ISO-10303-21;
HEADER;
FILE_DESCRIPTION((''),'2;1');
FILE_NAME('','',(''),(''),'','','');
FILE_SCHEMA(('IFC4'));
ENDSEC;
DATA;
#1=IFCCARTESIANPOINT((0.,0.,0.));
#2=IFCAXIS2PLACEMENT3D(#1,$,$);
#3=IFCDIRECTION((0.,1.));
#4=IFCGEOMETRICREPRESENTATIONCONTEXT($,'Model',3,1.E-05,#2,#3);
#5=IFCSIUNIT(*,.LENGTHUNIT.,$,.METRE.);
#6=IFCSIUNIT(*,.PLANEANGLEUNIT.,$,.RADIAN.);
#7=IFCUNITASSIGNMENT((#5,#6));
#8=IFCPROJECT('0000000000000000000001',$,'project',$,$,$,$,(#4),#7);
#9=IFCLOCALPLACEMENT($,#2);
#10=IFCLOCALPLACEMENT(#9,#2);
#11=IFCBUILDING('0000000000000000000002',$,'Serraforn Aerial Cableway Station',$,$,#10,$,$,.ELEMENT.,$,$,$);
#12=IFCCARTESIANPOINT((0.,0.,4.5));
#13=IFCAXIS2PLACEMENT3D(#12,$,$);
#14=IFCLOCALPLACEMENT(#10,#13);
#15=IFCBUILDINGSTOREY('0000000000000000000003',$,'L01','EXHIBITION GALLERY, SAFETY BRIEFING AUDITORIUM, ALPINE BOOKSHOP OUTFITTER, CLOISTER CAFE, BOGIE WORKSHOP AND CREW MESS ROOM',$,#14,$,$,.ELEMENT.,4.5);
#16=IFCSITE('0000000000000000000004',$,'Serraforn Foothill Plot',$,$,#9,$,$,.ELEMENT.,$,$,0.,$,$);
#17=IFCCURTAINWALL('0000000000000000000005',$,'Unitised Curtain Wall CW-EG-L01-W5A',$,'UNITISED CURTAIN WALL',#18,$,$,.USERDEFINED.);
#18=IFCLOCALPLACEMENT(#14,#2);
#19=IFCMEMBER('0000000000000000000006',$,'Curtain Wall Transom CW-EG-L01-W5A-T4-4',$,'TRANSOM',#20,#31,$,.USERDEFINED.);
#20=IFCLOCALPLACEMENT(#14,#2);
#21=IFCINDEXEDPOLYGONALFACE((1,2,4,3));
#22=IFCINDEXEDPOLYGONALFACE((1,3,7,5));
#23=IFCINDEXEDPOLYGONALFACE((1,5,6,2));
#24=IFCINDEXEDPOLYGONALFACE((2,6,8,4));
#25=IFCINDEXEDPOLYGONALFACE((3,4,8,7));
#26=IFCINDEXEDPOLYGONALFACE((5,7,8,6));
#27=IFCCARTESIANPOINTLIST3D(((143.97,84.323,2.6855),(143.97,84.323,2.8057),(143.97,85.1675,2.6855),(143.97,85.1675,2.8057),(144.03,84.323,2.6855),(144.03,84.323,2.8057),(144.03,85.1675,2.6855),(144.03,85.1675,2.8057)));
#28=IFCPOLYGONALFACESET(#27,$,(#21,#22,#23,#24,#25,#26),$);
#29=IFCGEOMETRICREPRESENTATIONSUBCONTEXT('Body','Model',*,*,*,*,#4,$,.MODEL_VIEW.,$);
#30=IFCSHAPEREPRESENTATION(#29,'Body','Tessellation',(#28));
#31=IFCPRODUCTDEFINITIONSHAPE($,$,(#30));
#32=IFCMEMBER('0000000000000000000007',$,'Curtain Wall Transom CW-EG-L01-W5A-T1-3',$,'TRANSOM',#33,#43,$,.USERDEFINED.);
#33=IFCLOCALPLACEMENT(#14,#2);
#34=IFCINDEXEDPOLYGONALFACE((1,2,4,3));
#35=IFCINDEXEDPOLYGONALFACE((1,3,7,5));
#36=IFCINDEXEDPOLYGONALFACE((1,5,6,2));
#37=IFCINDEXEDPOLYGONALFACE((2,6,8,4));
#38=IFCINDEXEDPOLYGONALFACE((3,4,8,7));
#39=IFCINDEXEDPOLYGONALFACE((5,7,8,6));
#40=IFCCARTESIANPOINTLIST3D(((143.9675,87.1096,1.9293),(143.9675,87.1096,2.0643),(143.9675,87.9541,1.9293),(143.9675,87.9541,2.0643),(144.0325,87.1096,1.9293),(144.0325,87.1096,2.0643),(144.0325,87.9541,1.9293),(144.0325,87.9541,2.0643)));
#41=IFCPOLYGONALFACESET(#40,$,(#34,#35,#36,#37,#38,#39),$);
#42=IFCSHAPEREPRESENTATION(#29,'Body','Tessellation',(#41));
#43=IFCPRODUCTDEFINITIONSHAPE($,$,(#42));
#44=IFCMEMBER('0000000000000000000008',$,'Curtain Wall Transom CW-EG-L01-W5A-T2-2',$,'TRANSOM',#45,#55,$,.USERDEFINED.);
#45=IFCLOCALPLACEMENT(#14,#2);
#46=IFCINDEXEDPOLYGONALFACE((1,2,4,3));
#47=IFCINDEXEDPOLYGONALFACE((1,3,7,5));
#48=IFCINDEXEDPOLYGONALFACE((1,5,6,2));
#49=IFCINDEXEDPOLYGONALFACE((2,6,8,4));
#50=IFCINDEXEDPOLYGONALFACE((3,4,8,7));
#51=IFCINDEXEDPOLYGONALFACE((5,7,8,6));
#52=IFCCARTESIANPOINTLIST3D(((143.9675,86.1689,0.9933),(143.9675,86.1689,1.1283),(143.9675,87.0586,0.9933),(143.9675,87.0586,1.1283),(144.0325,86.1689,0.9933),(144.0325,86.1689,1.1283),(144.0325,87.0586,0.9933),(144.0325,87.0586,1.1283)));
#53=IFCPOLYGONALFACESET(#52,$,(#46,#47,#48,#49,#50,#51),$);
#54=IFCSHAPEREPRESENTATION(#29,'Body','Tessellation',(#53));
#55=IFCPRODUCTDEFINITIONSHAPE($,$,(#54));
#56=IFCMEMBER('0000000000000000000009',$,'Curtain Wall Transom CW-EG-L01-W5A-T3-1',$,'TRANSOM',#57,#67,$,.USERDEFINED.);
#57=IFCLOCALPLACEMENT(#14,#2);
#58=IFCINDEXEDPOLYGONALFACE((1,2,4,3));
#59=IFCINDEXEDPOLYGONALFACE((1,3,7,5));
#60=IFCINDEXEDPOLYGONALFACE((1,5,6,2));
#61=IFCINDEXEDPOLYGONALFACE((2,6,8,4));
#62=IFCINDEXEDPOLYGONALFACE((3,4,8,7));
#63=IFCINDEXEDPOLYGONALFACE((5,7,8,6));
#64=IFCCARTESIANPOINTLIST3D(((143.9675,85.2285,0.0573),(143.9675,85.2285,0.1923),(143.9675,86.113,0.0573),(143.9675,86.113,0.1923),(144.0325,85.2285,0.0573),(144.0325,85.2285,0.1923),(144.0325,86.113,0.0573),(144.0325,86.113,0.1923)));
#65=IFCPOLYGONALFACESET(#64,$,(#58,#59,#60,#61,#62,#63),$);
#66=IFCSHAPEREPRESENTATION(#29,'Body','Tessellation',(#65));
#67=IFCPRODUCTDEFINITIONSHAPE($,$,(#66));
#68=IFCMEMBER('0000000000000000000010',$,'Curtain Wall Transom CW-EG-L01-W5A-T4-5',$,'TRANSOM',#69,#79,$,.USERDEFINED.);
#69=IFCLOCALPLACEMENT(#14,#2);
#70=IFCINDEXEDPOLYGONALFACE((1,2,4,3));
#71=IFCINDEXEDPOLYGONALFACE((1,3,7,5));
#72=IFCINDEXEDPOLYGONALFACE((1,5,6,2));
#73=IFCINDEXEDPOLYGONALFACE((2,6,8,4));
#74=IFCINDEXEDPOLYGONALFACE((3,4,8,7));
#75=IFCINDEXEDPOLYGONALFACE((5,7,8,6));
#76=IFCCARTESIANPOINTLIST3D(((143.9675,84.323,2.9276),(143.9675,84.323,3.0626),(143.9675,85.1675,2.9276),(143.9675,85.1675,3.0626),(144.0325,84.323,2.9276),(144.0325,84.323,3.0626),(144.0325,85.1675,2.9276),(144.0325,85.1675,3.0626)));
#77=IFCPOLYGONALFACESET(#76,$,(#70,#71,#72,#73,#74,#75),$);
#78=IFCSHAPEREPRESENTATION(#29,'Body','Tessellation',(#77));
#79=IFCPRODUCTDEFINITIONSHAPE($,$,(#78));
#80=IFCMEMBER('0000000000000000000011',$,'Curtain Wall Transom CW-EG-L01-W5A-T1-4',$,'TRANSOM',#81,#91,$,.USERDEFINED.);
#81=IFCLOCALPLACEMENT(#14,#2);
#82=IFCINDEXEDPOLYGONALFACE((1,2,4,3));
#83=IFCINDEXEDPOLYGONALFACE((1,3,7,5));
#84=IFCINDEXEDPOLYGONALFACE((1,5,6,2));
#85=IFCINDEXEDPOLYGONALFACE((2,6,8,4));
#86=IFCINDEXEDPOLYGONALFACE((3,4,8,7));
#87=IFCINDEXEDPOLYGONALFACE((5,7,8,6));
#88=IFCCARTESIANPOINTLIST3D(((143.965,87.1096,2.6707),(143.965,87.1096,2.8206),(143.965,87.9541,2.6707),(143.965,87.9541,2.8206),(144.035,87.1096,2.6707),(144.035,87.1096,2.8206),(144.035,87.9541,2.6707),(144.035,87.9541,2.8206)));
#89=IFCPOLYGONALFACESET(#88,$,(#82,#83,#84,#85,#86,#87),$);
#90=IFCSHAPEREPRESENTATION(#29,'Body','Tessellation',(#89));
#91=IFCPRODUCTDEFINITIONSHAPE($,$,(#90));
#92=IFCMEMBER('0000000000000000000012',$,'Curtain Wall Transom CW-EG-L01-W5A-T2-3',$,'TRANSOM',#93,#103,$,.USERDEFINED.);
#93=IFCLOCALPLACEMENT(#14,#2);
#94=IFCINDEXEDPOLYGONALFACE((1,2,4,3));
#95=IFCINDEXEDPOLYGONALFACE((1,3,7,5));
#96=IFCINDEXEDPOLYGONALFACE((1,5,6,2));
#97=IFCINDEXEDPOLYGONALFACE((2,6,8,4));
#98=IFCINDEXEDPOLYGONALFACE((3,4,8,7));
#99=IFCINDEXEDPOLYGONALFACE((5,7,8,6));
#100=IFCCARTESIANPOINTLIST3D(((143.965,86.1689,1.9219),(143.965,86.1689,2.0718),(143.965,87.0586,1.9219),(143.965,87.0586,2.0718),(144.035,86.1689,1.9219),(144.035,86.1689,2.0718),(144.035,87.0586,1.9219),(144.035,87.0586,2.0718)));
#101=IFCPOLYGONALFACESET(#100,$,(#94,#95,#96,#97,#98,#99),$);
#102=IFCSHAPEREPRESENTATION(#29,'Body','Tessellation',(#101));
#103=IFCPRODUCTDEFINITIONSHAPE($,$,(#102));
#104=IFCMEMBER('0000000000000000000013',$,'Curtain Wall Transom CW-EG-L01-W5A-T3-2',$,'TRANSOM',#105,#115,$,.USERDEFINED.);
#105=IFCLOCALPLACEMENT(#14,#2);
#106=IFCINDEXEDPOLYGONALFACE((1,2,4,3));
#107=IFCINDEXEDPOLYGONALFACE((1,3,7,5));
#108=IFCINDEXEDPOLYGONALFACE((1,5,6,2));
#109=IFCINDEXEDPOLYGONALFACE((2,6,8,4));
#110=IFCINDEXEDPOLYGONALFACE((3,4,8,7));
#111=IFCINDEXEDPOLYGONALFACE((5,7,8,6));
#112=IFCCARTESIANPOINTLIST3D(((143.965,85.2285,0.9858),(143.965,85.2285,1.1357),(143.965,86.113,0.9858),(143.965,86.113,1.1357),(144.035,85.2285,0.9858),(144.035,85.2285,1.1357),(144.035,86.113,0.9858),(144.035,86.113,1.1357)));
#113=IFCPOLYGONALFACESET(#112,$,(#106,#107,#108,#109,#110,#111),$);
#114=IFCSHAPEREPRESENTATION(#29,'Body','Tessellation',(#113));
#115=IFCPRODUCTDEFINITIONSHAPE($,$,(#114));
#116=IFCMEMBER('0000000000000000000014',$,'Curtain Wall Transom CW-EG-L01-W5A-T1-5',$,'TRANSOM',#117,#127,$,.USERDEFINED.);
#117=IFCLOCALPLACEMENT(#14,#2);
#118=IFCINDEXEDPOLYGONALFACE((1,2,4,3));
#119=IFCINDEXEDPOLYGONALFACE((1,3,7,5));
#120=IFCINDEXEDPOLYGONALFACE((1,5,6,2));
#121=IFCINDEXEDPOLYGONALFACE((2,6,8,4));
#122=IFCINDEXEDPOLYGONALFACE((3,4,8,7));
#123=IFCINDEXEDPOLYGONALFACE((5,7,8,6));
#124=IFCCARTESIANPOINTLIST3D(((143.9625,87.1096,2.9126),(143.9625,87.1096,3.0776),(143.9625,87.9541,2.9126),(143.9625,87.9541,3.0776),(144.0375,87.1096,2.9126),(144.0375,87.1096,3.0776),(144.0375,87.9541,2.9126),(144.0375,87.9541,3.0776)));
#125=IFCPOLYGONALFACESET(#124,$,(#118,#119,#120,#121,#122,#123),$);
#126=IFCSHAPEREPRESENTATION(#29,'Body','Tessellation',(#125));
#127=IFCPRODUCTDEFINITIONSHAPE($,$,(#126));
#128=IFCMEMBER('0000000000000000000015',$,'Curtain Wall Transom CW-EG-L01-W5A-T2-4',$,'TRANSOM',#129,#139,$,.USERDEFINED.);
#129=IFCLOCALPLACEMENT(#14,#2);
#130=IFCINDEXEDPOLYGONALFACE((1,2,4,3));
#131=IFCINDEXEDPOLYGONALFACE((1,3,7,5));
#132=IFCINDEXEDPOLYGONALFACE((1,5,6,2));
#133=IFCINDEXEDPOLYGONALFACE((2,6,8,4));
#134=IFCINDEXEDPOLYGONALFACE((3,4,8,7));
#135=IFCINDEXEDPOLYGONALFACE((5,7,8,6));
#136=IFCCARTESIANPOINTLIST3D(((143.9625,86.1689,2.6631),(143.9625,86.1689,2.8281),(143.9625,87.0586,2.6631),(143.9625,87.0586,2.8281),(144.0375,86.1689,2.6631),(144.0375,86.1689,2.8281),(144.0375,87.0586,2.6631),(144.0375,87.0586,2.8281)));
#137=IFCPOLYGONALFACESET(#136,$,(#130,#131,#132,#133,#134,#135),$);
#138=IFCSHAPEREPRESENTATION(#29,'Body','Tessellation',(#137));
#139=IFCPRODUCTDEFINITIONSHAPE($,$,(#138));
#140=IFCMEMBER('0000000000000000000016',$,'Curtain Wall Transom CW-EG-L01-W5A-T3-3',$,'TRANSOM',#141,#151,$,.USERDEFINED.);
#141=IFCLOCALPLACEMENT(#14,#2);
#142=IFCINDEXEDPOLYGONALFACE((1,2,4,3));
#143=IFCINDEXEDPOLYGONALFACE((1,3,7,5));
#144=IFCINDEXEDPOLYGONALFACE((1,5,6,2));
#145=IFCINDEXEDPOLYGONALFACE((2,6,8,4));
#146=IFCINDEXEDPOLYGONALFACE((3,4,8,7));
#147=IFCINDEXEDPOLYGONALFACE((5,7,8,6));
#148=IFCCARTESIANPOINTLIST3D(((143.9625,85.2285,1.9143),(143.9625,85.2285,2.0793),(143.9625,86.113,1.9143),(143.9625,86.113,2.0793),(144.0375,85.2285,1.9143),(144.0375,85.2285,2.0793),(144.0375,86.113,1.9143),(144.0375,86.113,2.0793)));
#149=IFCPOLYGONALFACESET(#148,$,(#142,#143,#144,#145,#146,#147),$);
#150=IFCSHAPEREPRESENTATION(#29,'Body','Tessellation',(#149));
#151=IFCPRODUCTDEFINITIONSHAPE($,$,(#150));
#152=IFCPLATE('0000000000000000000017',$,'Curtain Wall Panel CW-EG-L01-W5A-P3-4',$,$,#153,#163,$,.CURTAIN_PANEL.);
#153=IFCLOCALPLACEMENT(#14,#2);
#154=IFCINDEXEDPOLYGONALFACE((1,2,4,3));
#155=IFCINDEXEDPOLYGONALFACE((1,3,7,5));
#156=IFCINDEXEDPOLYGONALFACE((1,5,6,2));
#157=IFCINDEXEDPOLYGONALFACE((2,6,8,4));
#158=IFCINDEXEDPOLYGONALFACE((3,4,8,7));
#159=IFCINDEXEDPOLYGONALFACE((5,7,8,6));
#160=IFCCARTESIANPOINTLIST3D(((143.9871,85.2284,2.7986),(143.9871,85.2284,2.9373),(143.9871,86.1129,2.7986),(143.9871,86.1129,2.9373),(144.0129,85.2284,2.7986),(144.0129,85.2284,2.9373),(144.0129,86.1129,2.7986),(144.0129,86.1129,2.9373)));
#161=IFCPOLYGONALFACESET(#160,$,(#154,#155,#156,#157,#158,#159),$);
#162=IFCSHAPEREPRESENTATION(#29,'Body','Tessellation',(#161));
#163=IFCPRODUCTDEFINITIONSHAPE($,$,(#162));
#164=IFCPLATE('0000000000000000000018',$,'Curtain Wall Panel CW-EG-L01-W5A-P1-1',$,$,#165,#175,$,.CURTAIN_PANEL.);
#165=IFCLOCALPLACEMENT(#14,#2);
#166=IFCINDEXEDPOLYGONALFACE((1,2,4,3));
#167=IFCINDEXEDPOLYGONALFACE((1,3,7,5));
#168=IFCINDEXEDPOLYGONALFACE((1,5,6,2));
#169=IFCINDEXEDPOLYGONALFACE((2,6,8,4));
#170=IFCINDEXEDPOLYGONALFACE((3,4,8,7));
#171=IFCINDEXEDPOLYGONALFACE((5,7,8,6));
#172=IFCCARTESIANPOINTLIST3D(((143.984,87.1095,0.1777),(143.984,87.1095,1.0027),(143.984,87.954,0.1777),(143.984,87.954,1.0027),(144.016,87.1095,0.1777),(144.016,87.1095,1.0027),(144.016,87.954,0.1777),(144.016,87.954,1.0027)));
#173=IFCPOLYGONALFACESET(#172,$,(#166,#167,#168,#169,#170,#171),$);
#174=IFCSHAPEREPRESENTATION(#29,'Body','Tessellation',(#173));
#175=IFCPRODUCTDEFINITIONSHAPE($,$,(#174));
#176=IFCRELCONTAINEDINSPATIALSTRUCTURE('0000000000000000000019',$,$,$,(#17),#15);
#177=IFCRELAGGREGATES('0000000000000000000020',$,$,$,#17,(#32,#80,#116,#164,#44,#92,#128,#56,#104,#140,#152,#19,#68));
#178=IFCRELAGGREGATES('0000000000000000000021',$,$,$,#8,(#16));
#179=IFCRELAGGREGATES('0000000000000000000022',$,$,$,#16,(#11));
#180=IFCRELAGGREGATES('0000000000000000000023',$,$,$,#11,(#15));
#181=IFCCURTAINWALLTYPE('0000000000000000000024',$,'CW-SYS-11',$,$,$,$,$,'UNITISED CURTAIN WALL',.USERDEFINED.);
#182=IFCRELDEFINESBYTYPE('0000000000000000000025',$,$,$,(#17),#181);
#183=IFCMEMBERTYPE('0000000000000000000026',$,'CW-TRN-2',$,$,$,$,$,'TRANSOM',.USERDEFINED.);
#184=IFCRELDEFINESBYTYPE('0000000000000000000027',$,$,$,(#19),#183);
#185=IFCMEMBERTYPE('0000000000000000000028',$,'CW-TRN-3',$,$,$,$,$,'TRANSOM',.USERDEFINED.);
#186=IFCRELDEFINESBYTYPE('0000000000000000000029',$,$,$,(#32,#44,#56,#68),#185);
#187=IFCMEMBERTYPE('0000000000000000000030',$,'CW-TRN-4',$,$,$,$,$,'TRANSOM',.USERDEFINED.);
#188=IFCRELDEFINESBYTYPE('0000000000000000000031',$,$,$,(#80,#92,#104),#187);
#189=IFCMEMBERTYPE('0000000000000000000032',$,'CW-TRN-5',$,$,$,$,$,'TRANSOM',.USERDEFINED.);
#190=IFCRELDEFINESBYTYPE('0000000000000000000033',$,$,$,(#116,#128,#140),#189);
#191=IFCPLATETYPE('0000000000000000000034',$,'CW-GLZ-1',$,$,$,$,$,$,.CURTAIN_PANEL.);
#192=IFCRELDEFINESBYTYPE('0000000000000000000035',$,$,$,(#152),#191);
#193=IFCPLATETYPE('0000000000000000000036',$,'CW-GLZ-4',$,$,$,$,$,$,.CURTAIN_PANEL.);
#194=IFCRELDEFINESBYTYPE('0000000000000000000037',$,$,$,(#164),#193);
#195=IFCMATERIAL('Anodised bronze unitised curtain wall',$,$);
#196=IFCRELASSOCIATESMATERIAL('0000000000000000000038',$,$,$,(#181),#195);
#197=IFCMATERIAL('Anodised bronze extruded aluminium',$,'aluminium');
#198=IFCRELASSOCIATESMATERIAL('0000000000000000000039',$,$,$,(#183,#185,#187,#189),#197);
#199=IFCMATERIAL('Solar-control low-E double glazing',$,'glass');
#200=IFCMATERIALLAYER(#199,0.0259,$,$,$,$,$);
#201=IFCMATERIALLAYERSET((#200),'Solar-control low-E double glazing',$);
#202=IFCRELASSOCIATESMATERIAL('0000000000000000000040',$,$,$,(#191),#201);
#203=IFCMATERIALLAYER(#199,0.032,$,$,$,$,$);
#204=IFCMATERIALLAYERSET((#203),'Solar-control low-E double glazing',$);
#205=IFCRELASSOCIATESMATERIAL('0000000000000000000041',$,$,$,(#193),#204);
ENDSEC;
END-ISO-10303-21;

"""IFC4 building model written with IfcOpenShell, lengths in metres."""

from ifc_helpers import new_model, si_unit, direction, frame, origin, origin_2d, place, context, subcontext, project, spatial, rectangle, extrude, material, layer, layer_set, material_profile, profile_set, type_object, element, aggregate, save


model = new_model("IFC4")

# Units and contexts
model_context = context("Model", 3, precision=1e-05, world=origin(), true_north=direction((0.0, 1.0)))
body_context = subcontext(model_context, "Body", "Model", "MODEL_VIEW")
ifc_project = project(units=[si_unit("LENGTHUNIT", "METRE"), si_unit("PLANEANGLEUNIT", "RADIAN")], contexts=[model_context])

# Site, building, storey
site_placement = place(None, origin())
site = spatial("IfcSite", under=ifc_project, at=site_placement, Name="Serraforn Foothill Plot", CompositionType="ELEMENT", RefElevation=0.0)
building_placement = place(site_placement, origin())
building = spatial("IfcBuilding", under=site, at=building_placement, Name="Serraforn Aerial Cableway Station", CompositionType="ELEMENT")
storey_placement = place(building_placement, frame((0.0, 0.0, 4.5)))
storey = spatial("IfcBuildingStorey", under=building, at=storey_placement, Name="L01", Description="EXHIBITION GALLERY, SAFETY BRIEFING AUDITORIUM, ALPINE BOOKSHOP OUTFITTER, CLOISTER CAFE, BOGIE WORKSHOP AND CREW MESS ROOM", CompositionType="ELEMENT", Elevation=4.5)

# Curtain wall, members, plates
ifc_material_1 = material(Name="Anodised bronze unitised curtain wall")
curtain_wall_type = type_object("IfcCurtainWallType", Name="CW-SYS-11", ElementType="UNITISED CURTAIN WALL", PredefinedType="USERDEFINED", material=ifc_material_1)
curtain_wall_placement = place(storey_placement, origin())
curtain_wall = element("IfcCurtainWall", 1, at=curtain_wall_placement, inside=storey, type_object=curtain_wall_type, Name="Unitised Curtain Wall CW-EG-L01-W5A", ObjectType="UNITISED CURTAIN WALL", PredefinedType="USERDEFINED")
ifc_material_2 = material(Name="Anodised bronze extruded aluminium", Category="aluminium")
ifc_material_profile_1 = material_profile(ifc_material_2, rectangle(XDim=0.0601, YDim=0.1201, at=origin_2d()), Name="CW TRANSOM 60x120")
ifc_profile_set_1 = profile_set([ifc_material_profile_1], Name="Anodised bronze extruded aluminium")
member_type_1 = type_object("IfcMemberType", Name="CW-TRN-2", ElementType="TRANSOM", PredefinedType="USERDEFINED", material=ifc_profile_set_1)
member_1_placement = place(storey_placement, frame((144.0, 85.1675, 2.7456), z_axis=(0.0, -1.0, 0.0), x_axis=(1.0, 0.0, 0.0)))
member_1 = element("IfcMember", 2, at=member_1_placement, type_object=member_type_1, Name="Curtain Wall Transom CW-EG-L01-W5A-T4-4", ObjectType="TRANSOM", PredefinedType="USERDEFINED", context=body_context, shape_type="SweptSolid", body=[
    extrude(rectangle(XDim=0.0601, YDim=0.1201, at=origin_2d()), origin(), (0.0, 0.0, 1.0), 0.8445),
])
ifc_material_profile_2 = material_profile(ifc_material_2, rectangle(XDim=0.0649, YDim=0.135, at=origin_2d()), Name="CW TRANSOM 65x135")
ifc_profile_set_2 = profile_set([ifc_material_profile_2], Name="Anodised bronze extruded aluminium")
member_type_2 = type_object("IfcMemberType", Name="CW-TRN-3", ElementType="TRANSOM", PredefinedType="USERDEFINED", material=ifc_profile_set_2)
member_2_placement = place(storey_placement, frame((144.0, 87.9541, 1.9968), z_axis=(0.0, -1.0, 0.0), x_axis=(1.0, 0.0, 0.0)))
member_2 = element("IfcMember", 3, at=member_2_placement, type_object=member_type_2, Name="Curtain Wall Transom CW-EG-L01-W5A-T1-3", ObjectType="TRANSOM", PredefinedType="USERDEFINED", context=body_context, shape_type="SweptSolid", body=[
    extrude(rectangle(XDim=0.0649, YDim=0.135, at=origin_2d()), origin(), (0.0, 0.0, 1.0), 0.8445),
])
member_3_placement = place(storey_placement, frame((144.0, 87.0586, 1.0608), z_axis=(0.0, -1.0, 0.0), x_axis=(1.0, 0.0, 0.0)))
member_3 = element("IfcMember", 4, at=member_3_placement, type_object=member_type_2, Name="Curtain Wall Transom CW-EG-L01-W5A-T2-2", ObjectType="TRANSOM", PredefinedType="USERDEFINED", context=body_context, shape_type="SweptSolid", body=[
    extrude(rectangle(XDim=0.0649, YDim=0.135, at=origin_2d()), origin(), (0.0, 0.0, 1.0), 0.8896),
])
member_4_placement = place(storey_placement, frame((144.0, 86.113, 0.1248), z_axis=(0.0, -1.0, 0.0), x_axis=(1.0, 0.0, 0.0)))
member_4 = element("IfcMember", 5, at=member_4_placement, type_object=member_type_2, Name="Curtain Wall Transom CW-EG-L01-W5A-T3-1", ObjectType="TRANSOM", PredefinedType="USERDEFINED", context=body_context, shape_type="SweptSolid", body=[
    extrude(rectangle(XDim=0.0649, YDim=0.135, at=origin_2d()), origin(), (0.0, 0.0, 1.0), 0.8845),
])
member_5_placement = place(storey_placement, frame((144.0, 85.1675, 2.9951), z_axis=(0.0, -1.0, 0.0), x_axis=(1.0, 0.0, 0.0)))
member_5 = element("IfcMember", 6, at=member_5_placement, type_object=member_type_2, Name="Curtain Wall Transom CW-EG-L01-W5A-T4-5", ObjectType="TRANSOM", PredefinedType="USERDEFINED", context=body_context, shape_type="SweptSolid", body=[
    extrude(rectangle(XDim=0.0649, YDim=0.135, at=origin_2d()), origin(), (0.0, 0.0, 1.0), 0.8445),
])
ifc_material_profile_3 = material_profile(ifc_material_2, rectangle(XDim=0.0701, YDim=0.1499, at=origin_2d()), Name="CW TRANSOM 70x150")
ifc_profile_set_3 = profile_set([ifc_material_profile_3], Name="Anodised bronze extruded aluminium")
member_type_3 = type_object("IfcMemberType", Name="CW-TRN-4", ElementType="TRANSOM", PredefinedType="USERDEFINED", material=ifc_profile_set_3)
member_6_placement = place(storey_placement, frame((144.0, 87.9541, 2.7456), z_axis=(0.0, -1.0, 0.0), x_axis=(1.0, 0.0, 0.0)))
member_6 = element("IfcMember", 7, at=member_6_placement, type_object=member_type_3, Name="Curtain Wall Transom CW-EG-L01-W5A-T1-4", ObjectType="TRANSOM", PredefinedType="USERDEFINED", context=body_context, shape_type="SweptSolid", body=[
    extrude(rectangle(XDim=0.0701, YDim=0.1499, at=origin_2d()), origin(), (0.0, 0.0, 1.0), 0.8445),
])
member_7_placement = place(storey_placement, frame((144.0, 87.0586, 1.9968), z_axis=(0.0, -1.0, 0.0), x_axis=(1.0, 0.0, 0.0)))
member_7 = element("IfcMember", 8, at=member_7_placement, type_object=member_type_3, Name="Curtain Wall Transom CW-EG-L01-W5A-T2-3", ObjectType="TRANSOM", PredefinedType="USERDEFINED", context=body_context, shape_type="SweptSolid", body=[
    extrude(rectangle(XDim=0.0701, YDim=0.1499, at=origin_2d()), origin(), (0.0, 0.0, 1.0), 0.8896),
])
member_8_placement = place(storey_placement, frame((144.0, 86.113, 1.0608), z_axis=(0.0, -1.0, 0.0), x_axis=(1.0, 0.0, 0.0)))
member_8 = element("IfcMember", 9, at=member_8_placement, type_object=member_type_3, Name="Curtain Wall Transom CW-EG-L01-W5A-T3-2", ObjectType="TRANSOM", PredefinedType="USERDEFINED", context=body_context, shape_type="SweptSolid", body=[
    extrude(rectangle(XDim=0.0701, YDim=0.1499, at=origin_2d()), origin(), (0.0, 0.0, 1.0), 0.8845),
])
ifc_material_profile_4 = material_profile(ifc_material_2, rectangle(XDim=0.075, YDim=0.165, at=origin_2d()), Name="CW TRANSOM 75x165")
ifc_profile_set_4 = profile_set([ifc_material_profile_4], Name="Anodised bronze extruded aluminium")
member_type_4 = type_object("IfcMemberType", Name="CW-TRN-5", ElementType="TRANSOM", PredefinedType="USERDEFINED", material=ifc_profile_set_4)
member_9_placement = place(storey_placement, frame((144.0, 87.9541, 2.9951), z_axis=(0.0, -1.0, 0.0), x_axis=(1.0, 0.0, 0.0)))
member_9 = element("IfcMember", 10, at=member_9_placement, type_object=member_type_4, Name="Curtain Wall Transom CW-EG-L01-W5A-T1-5", ObjectType="TRANSOM", PredefinedType="USERDEFINED", context=body_context, shape_type="SweptSolid", body=[
    extrude(rectangle(XDim=0.075, YDim=0.165, at=origin_2d()), origin(), (0.0, 0.0, 1.0), 0.8445),
])
member_10_placement = place(storey_placement, frame((144.0, 87.0586, 2.7456), z_axis=(0.0, -1.0, 0.0), x_axis=(1.0, 0.0, 0.0)))
member_10 = element("IfcMember", 11, at=member_10_placement, type_object=member_type_4, Name="Curtain Wall Transom CW-EG-L01-W5A-T2-4", ObjectType="TRANSOM", PredefinedType="USERDEFINED", context=body_context, shape_type="SweptSolid", body=[
    extrude(rectangle(XDim=0.075, YDim=0.165, at=origin_2d()), origin(), (0.0, 0.0, 1.0), 0.8896),
])
member_11_placement = place(storey_placement, frame((144.0, 86.113, 1.9968), z_axis=(0.0, -1.0, 0.0), x_axis=(1.0, 0.0, 0.0)))
member_11 = element("IfcMember", 12, at=member_11_placement, type_object=member_type_4, Name="Curtain Wall Transom CW-EG-L01-W5A-T3-3", ObjectType="TRANSOM", PredefinedType="USERDEFINED", context=body_context, shape_type="SweptSolid", body=[
    extrude(rectangle(XDim=0.075, YDim=0.165, at=origin_2d()), origin(), (0.0, 0.0, 1.0), 0.8845),
])
ifc_material_3 = material(Name="Solar-control low-E double glazing", Category="glass")
ifc_layer_1 = layer(ifc_material_3, 0.0259)
ifc_layer_set_1 = layer_set([ifc_layer_1], Name="Solar-control low-E double glazing")
plate_type_1 = type_object("IfcPlateType", Name="CW-GLZ-1", PredefinedType="CURTAIN_PANEL", material=ifc_layer_set_1)
plate_1_placement = place(storey_placement, frame((144.0, 85.6707, 2.7986), z_axis=(0.0, 0.0, 1.0), x_axis=(1.0, 0.0, 0.0)))
plate_1 = element("IfcPlate", 13, at=plate_1_placement, type_object=plate_type_1, Name="Curtain Wall Panel CW-EG-L01-W5A-P3-4", PredefinedType="CURTAIN_PANEL", context=body_context, shape_type="SweptSolid", body=[
    extrude(rectangle(XDim=0.0259, YDim=0.8845, at=origin_2d()), origin(), (0.0, 0.0, 1.0), 0.1387),
])
ifc_layer_2 = layer(ifc_material_3, 0.032)
ifc_layer_set_2 = layer_set([ifc_layer_2], Name="Solar-control low-E double glazing")
plate_type_2 = type_object("IfcPlateType", Name="CW-GLZ-4", PredefinedType="CURTAIN_PANEL", material=ifc_layer_set_2)
plate_2_placement = place(storey_placement, frame((144.0, 87.5317, 0.1777), z_axis=(0.0, 0.0, 1.0), x_axis=(1.0, 0.0, 0.0)))
plate_2 = element("IfcPlate", 14, at=plate_2_placement, type_object=plate_type_2, Name="Curtain Wall Panel CW-EG-L01-W5A-P1-1", PredefinedType="CURTAIN_PANEL", context=body_context, shape_type="SweptSolid", body=[
    extrude(rectangle(XDim=0.032, YDim=0.8445, at=origin_2d()), origin(), (0.0, 0.0, 1.0), 0.825),
])
aggregate(curtain_wall, [member_2, member_6, member_9, plate_2, member_3, member_7, member_10, member_4, member_8, member_11, plate_1, member_1, member_5])

save(model, "model.ifc")
